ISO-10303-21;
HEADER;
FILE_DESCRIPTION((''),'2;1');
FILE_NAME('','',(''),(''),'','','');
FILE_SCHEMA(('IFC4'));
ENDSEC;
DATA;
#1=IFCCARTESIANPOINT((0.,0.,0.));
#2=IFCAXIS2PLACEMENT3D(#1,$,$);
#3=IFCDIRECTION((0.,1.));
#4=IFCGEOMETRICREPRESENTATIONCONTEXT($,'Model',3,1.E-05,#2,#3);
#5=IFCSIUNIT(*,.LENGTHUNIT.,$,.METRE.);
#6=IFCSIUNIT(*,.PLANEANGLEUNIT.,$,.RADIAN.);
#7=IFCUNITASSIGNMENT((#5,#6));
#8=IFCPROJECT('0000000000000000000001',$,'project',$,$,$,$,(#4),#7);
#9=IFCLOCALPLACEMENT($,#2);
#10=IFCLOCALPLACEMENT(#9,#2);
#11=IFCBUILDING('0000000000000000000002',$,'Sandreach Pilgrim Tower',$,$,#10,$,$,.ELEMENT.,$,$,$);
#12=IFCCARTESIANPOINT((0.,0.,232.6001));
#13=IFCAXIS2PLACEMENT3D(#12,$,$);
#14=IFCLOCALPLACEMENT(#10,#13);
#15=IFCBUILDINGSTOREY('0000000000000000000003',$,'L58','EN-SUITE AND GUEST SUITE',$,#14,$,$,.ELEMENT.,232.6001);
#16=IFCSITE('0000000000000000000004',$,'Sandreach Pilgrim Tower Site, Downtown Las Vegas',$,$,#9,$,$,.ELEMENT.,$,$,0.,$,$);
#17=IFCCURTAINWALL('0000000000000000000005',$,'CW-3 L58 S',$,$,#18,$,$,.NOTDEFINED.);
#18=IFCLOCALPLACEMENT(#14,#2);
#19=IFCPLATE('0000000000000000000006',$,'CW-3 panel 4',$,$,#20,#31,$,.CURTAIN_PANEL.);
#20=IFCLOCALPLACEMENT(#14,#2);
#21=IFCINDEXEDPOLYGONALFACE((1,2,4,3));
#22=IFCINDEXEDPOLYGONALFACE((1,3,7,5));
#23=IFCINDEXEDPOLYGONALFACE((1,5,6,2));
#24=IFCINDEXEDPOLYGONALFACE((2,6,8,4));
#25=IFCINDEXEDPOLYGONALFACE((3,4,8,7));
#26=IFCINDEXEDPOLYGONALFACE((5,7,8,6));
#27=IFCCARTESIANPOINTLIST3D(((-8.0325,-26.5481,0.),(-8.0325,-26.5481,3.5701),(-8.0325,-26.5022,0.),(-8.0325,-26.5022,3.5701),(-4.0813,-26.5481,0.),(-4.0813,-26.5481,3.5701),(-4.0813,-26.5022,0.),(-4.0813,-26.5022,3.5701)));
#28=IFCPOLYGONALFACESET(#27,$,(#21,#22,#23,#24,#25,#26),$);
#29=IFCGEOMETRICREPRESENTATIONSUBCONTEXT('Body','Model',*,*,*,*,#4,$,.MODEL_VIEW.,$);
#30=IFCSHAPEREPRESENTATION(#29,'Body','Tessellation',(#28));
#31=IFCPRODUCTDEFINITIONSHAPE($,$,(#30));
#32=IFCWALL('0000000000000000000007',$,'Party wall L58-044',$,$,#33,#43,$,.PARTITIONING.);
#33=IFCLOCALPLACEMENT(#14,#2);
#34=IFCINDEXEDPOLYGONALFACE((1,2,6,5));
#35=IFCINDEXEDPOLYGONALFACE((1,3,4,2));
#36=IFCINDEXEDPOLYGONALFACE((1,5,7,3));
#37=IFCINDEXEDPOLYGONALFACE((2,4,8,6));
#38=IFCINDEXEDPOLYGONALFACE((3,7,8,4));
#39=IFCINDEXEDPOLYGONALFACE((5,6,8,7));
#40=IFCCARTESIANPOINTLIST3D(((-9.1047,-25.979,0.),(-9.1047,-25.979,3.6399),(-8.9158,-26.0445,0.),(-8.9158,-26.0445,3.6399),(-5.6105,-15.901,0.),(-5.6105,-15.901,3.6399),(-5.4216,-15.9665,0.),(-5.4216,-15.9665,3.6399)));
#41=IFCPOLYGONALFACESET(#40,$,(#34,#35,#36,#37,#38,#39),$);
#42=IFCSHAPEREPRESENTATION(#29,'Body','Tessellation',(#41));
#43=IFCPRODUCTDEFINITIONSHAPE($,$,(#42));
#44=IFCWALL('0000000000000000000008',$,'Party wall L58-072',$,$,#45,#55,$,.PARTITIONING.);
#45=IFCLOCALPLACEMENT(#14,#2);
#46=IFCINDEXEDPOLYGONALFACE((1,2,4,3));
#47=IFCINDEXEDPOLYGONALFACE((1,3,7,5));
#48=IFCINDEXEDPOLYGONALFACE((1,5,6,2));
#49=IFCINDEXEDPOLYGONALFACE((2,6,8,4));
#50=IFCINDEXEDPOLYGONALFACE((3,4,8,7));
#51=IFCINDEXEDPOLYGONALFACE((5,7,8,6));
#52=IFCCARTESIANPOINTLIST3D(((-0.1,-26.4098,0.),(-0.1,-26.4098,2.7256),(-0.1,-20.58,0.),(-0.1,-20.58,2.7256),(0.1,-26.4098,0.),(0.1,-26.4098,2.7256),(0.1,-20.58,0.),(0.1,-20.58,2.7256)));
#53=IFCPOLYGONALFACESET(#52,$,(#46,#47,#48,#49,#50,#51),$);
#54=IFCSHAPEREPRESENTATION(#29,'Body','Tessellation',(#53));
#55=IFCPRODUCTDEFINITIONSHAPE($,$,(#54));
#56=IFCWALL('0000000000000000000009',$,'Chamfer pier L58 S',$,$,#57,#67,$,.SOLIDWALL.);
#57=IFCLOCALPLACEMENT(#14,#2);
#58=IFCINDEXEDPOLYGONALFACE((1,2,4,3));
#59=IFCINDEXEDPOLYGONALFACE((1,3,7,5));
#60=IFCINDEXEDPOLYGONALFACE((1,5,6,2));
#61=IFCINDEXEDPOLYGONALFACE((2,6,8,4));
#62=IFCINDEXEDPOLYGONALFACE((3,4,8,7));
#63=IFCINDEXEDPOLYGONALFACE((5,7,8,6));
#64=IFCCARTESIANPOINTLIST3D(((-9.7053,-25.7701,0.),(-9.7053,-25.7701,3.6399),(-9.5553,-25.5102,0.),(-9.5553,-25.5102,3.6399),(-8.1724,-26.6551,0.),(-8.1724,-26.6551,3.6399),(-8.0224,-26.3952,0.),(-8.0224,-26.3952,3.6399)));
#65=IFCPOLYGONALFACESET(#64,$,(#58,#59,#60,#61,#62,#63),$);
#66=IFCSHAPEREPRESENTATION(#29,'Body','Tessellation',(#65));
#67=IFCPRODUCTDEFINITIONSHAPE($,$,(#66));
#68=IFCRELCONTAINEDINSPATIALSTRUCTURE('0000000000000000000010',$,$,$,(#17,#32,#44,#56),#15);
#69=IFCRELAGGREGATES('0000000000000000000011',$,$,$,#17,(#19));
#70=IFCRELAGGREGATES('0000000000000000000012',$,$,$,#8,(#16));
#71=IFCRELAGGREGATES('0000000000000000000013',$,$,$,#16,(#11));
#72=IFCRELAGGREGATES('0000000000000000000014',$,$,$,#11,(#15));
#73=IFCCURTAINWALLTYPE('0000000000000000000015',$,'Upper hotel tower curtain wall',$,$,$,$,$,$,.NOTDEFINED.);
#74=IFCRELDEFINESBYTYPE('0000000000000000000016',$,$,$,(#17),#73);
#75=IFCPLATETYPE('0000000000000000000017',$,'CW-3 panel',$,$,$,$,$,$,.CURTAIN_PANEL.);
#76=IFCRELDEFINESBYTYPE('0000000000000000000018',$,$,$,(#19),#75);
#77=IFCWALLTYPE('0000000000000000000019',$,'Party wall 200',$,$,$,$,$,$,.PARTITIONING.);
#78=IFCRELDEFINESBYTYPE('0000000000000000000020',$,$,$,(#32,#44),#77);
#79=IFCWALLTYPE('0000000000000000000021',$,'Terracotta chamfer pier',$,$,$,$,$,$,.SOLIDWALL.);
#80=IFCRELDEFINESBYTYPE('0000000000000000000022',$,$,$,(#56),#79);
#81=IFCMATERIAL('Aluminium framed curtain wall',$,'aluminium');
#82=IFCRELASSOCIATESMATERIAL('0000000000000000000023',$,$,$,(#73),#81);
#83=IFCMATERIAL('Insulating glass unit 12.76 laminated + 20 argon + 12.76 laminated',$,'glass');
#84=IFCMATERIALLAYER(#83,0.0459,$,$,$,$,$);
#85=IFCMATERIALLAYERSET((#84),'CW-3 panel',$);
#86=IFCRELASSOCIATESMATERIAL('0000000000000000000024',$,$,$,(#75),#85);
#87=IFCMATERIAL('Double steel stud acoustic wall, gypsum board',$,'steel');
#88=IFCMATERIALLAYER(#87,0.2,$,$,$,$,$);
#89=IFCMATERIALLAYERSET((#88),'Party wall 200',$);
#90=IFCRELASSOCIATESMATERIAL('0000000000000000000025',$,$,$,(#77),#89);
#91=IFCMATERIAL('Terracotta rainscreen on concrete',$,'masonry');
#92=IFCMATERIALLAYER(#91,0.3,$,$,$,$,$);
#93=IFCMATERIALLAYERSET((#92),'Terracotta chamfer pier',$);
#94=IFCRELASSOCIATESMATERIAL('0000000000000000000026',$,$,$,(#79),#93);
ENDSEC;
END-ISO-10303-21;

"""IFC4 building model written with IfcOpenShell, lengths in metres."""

from ifc_helpers import new_model, si_unit, direction, frame, frame_2d, origin, origin_2d, place, context, subcontext, project, spatial, rectangle, extrude, material, layer, layer_set, type_object, element, aggregate, save


model = new_model("IFC4")

# Units and contexts
model_context = context("Model", 3, precision=1e-05, world=origin(), true_north=direction((0.0, 1.0)))
body_context = subcontext(model_context, "Body", "Model", "MODEL_VIEW")
ifc_project = project(units=[si_unit("LENGTHUNIT", "METRE"), si_unit("PLANEANGLEUNIT", "RADIAN")], contexts=[model_context])

# Site, building, storey
site_placement = place(None, origin())
site = spatial("IfcSite", under=ifc_project, at=site_placement, Name="Sandreach Pilgrim Tower Site, Downtown Las Vegas", CompositionType="ELEMENT", RefElevation=0.0)
building_placement = place(site_placement, origin())
building = spatial("IfcBuilding", under=site, at=building_placement, Name="Sandreach Pilgrim Tower", CompositionType="ELEMENT")
storey_placement = place(building_placement, frame((0.0, 0.0, 232.6001)))
storey = spatial("IfcBuildingStorey", under=building, at=storey_placement, Name="L58", Description="EN-SUITE AND GUEST SUITE", CompositionType="ELEMENT", Elevation=232.6001)

# Curtain wall
ifc_material_1 = material(Name="Aluminium framed curtain wall", Category="aluminium")
curtain_wall_type = type_object("IfcCurtainWallType", Name="Upper hotel tower curtain wall", PredefinedType="NOTDEFINED", material=ifc_material_1)
curtain_wall_placement = place(storey_placement, origin())
curtain_wall = element("IfcCurtainWall", 1, at=curtain_wall_placement, inside=storey, type_object=curtain_wall_type, Name="CW-3 L58 S", PredefinedType="NOTDEFINED")

# Plate
ifc_material_2 = material(Name="Insulating glass unit 12.76 laminated + 20 argon + 12.76 laminated", Category="glass")
ifc_layer_1 = layer(ifc_material_2, 0.0459)
ifc_layer_set_1 = layer_set([ifc_layer_1], Name="CW-3 panel")
plate_type = type_object("IfcPlateType", Name="CW-3 panel", PredefinedType="CURTAIN_PANEL", material=ifc_layer_set_1)
plate_1_placement = place(storey_placement, frame((-6.0569, -26.5251, 0.0), z_axis=(0.0, 0.0, 1.0), x_axis=(-1.0, 0.0, 0.0)))
plate_1 = element("IfcPlate", 2, at=plate_1_placement, type_object=plate_type, Name="CW-3 panel 4", PredefinedType="CURTAIN_PANEL", context=body_context, shape_type="SweptSolid", body=[
    extrude(rectangle(XDim=3.9512, YDim=0.0459, at=origin_2d()), origin(), (0.0, 0.0, 1.0), 3.5701),
])
aggregate(curtain_wall, [plate_1])

# Walls
ifc_material_3 = material(Name="Double steel stud acoustic wall, gypsum board", Category="steel")
ifc_layer_2 = layer(ifc_material_3, 0.2)
ifc_layer_set_2 = layer_set([ifc_layer_2], Name="Party wall 200")
wall_type_1 = type_object("IfcWallType", Name="Party wall 200", PredefinedType="PARTITIONING", material=ifc_layer_set_2)
wall_1_placement = place(storey_placement, frame((-9.0103, -26.0117, 0.0), z_axis=(0.0, 0.0, 1.0), x_axis=(0.327583, 0.944822, 0.0)))
element("IfcWall", 3, at=wall_1_placement, inside=storey, type_object=wall_type_1, Name="Party wall L58-044", PredefinedType="PARTITIONING", context=body_context, shape_type="SweptSolid", body=[
    extrude(rectangle(XDim=10.6665, YDim=0.2, at=frame_2d((5.3333, 0.0))), origin(), (0.0, 0.0, 1.0), 3.6399),
])
wall_2_placement = place(storey_placement, frame((0.0, -26.4099, 0.0), z_axis=(0.0, 0.0, 1.0), x_axis=(0.0, 1.0, 0.0)))
element("IfcWall", 4, at=wall_2_placement, inside=storey, type_object=wall_type_1, Name="Party wall L58-072", PredefinedType="PARTITIONING", context=body_context, shape_type="SweptSolid", body=[
    extrude(rectangle(XDim=5.8298, YDim=0.2, at=frame_2d((2.915, 0.0))), origin(), (0.0, 0.0, 1.0), 2.7256),
])
ifc_material_4 = material(Name="Terracotta rainscreen on concrete", Category="masonry")
ifc_layer_3 = layer(ifc_material_4, 0.3)
ifc_layer_set_3 = layer_set([ifc_layer_3], Name="Terracotta chamfer pier")
wall_type_2 = type_object("IfcWallType", Name="Terracotta chamfer pier", PredefinedType="SOLIDWALL", material=ifc_layer_set_3)
wall_3_placement = place(storey_placement, frame((-8.0974, -26.5251, 0.0), z_axis=(0.0, 0.0, 1.0), x_axis=(-0.866036, 0.499981, 0.0)))
element("IfcWall", 5, at=wall_3_placement, inside=storey, type_object=wall_type_2, Name="Chamfer pier L58 S", PredefinedType="SOLIDWALL", context=body_context, shape_type="SweptSolid", body=[
    extrude(rectangle(XDim=1.77, YDim=0.3, at=frame_2d((0.885, 0.0))), origin(), (0.0, 0.0, 1.0), 3.6399),
])

save(model, "model.ifc")
